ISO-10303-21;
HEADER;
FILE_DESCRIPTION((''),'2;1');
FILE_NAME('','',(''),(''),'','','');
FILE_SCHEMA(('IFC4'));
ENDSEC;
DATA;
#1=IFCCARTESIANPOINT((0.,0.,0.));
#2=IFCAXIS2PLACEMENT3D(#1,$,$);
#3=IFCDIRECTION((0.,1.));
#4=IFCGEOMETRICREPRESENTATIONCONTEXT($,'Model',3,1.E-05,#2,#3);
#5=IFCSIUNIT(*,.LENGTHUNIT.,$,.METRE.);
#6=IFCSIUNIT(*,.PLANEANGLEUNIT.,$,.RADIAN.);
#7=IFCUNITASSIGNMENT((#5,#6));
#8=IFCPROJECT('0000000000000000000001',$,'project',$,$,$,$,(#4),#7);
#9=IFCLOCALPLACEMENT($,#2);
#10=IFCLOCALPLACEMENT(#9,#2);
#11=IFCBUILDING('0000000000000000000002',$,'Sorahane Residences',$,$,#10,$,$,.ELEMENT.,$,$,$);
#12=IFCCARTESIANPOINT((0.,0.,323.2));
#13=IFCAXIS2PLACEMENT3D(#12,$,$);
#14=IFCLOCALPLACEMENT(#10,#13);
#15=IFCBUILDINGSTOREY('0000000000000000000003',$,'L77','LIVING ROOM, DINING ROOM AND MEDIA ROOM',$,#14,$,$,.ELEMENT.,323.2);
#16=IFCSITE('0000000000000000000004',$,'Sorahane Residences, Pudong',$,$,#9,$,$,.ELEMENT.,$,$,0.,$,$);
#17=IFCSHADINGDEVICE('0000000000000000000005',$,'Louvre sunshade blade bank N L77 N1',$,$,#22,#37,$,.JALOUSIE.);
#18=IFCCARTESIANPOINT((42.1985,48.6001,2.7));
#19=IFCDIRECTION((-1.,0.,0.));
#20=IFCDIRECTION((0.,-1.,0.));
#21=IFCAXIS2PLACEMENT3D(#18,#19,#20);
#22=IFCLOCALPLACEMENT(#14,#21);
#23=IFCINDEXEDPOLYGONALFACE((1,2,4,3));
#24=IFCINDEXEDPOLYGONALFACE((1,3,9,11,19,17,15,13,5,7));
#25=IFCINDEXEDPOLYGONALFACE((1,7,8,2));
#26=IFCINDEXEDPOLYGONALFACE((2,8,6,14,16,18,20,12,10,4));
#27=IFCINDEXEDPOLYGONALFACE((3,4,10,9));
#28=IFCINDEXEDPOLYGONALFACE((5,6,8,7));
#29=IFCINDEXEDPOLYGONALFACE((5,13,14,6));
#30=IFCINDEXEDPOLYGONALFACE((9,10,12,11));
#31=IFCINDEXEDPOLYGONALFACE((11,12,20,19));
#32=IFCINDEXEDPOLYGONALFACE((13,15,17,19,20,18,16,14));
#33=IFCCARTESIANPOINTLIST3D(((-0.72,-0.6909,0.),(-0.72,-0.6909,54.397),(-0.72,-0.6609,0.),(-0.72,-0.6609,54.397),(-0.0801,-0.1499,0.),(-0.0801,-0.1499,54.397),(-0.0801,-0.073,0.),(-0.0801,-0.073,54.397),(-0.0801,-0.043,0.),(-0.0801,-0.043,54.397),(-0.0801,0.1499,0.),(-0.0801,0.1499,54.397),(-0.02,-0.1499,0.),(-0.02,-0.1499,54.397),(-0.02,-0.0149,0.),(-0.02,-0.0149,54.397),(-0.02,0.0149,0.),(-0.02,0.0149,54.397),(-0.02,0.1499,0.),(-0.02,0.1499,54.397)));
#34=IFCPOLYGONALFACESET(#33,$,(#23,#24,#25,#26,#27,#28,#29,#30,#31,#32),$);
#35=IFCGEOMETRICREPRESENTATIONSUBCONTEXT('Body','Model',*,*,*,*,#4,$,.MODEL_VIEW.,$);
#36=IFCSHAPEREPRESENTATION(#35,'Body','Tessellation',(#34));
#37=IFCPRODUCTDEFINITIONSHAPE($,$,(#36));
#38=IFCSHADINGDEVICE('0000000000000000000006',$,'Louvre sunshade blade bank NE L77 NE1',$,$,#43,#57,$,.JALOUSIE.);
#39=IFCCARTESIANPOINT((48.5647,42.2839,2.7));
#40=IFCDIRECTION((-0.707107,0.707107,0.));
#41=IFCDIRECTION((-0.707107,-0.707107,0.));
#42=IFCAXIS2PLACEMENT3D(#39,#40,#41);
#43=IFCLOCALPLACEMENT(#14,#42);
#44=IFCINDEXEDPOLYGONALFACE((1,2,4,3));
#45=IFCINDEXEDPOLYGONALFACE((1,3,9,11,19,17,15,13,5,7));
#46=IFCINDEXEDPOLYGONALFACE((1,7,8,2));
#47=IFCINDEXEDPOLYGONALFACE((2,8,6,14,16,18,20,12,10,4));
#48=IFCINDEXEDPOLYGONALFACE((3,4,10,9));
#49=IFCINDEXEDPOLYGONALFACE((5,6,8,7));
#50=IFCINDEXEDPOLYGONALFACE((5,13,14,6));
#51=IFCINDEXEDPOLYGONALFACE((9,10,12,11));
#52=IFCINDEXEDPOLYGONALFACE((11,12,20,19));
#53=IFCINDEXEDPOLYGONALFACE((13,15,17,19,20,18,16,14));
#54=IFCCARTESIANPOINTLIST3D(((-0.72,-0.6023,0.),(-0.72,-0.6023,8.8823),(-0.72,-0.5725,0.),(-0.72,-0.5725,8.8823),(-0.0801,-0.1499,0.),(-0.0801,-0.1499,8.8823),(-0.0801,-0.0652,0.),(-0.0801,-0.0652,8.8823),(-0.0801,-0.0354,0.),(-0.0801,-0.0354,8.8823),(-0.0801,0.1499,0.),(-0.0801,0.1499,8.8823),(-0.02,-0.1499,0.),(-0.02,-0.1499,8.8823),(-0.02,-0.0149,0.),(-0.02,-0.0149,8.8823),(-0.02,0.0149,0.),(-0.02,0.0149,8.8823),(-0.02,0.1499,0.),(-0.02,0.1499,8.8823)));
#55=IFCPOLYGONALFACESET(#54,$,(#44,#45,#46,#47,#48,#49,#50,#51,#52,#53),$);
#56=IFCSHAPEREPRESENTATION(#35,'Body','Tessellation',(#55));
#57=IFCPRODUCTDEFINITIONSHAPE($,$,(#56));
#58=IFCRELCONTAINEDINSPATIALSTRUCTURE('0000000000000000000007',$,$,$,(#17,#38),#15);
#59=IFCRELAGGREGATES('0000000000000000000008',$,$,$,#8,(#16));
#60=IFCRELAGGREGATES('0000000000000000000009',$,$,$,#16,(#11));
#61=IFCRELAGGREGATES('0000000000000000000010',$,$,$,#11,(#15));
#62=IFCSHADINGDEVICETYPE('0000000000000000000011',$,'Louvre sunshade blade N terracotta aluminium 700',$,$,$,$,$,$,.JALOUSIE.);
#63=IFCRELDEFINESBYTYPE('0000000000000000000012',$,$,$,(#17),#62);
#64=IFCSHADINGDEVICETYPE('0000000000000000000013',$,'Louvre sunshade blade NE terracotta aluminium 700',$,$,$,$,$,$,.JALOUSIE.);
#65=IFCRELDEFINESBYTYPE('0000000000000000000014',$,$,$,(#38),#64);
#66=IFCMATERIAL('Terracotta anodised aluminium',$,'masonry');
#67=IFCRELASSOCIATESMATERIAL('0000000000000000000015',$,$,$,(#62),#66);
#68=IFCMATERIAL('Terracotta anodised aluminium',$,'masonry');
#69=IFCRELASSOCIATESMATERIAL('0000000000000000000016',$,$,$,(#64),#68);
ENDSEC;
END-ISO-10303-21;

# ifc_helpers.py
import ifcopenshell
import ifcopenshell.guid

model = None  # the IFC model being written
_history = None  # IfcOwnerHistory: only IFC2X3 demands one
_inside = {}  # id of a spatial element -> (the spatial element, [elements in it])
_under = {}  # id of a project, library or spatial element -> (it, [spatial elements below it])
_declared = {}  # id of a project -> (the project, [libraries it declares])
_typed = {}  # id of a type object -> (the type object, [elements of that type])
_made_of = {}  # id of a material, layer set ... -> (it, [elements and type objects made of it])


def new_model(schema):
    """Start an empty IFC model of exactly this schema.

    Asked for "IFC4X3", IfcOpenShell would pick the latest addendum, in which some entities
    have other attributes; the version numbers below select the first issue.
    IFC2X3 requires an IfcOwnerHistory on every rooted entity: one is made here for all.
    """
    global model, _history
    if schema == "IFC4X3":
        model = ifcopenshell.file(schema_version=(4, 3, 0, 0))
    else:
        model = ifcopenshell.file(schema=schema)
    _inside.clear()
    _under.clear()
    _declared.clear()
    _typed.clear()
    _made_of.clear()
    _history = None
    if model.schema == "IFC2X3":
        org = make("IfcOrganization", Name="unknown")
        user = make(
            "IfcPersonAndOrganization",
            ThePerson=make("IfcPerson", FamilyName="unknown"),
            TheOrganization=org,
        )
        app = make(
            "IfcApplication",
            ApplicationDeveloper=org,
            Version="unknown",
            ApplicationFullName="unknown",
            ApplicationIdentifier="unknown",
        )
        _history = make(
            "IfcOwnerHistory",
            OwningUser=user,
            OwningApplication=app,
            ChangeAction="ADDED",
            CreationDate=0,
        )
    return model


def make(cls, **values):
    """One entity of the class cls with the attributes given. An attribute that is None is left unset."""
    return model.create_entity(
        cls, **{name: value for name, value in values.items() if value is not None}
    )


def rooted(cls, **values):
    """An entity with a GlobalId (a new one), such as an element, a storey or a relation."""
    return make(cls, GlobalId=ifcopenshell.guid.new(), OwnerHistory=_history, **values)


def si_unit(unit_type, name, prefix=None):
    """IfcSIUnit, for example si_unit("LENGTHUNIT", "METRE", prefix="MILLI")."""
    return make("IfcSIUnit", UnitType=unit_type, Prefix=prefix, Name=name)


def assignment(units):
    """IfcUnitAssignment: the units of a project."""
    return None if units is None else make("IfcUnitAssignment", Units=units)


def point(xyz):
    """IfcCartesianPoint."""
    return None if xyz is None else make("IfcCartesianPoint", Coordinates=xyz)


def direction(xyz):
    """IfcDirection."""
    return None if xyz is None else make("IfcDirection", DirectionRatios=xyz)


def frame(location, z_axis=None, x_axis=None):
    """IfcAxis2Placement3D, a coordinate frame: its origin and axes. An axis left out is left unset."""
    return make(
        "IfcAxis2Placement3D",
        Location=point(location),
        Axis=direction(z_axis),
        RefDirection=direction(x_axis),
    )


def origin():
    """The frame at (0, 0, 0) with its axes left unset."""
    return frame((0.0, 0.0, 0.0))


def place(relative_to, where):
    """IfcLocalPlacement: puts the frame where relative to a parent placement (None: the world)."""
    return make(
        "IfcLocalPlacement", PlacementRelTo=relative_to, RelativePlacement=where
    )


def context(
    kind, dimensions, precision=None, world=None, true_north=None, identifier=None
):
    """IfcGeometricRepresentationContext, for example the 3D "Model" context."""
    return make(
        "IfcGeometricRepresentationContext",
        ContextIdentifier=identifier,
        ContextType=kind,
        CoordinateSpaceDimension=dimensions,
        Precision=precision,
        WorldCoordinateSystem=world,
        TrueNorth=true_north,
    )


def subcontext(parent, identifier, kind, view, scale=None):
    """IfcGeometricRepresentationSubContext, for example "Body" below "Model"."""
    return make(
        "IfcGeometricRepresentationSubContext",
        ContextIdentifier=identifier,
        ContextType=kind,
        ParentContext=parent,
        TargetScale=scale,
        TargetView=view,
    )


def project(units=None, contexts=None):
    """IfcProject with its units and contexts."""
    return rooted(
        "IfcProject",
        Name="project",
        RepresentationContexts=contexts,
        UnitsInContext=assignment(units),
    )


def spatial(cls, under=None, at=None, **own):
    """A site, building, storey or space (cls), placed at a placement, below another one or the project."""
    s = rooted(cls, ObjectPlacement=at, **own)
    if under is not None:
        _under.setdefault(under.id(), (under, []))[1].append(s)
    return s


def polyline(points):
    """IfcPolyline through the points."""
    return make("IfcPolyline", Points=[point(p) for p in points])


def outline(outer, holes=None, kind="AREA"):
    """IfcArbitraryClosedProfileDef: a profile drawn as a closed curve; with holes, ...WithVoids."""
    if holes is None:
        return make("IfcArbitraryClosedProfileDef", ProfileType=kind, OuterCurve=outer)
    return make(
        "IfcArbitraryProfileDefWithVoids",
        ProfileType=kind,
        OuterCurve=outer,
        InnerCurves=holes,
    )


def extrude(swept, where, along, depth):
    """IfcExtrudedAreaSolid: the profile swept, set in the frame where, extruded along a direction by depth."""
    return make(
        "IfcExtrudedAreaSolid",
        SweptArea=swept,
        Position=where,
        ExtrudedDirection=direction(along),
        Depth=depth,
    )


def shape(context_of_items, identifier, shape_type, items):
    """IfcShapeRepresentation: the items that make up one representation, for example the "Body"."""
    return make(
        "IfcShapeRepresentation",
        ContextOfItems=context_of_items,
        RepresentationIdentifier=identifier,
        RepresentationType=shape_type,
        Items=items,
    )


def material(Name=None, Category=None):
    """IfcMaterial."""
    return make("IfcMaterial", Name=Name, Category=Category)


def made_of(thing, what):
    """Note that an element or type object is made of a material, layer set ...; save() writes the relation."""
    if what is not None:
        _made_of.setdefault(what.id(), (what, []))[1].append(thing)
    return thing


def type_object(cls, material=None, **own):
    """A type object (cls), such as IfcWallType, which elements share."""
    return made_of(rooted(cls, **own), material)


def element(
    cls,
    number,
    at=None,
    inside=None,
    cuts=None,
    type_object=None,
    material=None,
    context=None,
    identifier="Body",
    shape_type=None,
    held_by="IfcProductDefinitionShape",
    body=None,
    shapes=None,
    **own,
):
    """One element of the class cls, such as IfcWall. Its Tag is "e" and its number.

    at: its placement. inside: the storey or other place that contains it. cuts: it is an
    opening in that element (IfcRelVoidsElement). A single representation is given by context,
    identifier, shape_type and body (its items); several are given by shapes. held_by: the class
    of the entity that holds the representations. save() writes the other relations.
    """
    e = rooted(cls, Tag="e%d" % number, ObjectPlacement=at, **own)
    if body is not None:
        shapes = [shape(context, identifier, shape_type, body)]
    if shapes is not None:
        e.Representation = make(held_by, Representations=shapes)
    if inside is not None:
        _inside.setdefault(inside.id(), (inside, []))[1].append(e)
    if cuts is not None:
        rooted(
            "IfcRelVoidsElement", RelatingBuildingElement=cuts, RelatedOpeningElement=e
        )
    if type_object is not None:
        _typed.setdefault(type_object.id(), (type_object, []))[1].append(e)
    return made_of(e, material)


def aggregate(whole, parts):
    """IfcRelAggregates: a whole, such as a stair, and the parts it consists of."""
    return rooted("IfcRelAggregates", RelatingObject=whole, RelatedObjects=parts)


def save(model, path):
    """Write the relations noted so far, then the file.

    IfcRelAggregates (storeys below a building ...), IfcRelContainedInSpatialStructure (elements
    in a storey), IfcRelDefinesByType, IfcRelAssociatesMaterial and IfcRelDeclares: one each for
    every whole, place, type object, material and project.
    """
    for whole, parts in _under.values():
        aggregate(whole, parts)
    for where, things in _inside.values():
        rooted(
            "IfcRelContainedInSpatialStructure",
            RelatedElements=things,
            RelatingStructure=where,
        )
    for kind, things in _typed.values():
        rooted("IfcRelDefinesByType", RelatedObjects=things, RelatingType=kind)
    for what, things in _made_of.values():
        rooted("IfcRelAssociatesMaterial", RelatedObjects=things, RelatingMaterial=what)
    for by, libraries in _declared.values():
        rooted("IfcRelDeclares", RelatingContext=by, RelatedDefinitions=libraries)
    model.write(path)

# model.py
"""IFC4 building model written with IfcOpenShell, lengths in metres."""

from ifc_helpers import new_model, si_unit, direction, frame, origin, place, context, subcontext, project, spatial, polyline, outline, extrude, material, type_object, element, save


model = new_model("IFC4")

# Units and contexts
model_context = context("Model", 3, precision=1e-05, world=origin(), true_north=direction((0.0, 1.0)))
body_context = subcontext(model_context, "Body", "Model", "MODEL_VIEW")
ifc_project = project(units=[si_unit("LENGTHUNIT", "METRE"), si_unit("PLANEANGLEUNIT", "RADIAN")], contexts=[model_context])

# Site, building, storey
site_placement = place(None, origin())
site = spatial("IfcSite", under=ifc_project, at=site_placement, Name="Sorahane Residences, Pudong", CompositionType="ELEMENT", RefElevation=0.0)
building_placement = place(site_placement, origin())
building = spatial("IfcBuilding", under=site, at=building_placement, Name="Sorahane Residences", CompositionType="ELEMENT")
storey_placement = place(building_placement, frame((0.0, 0.0, 323.2)))
storey = spatial("IfcBuildingStorey", under=building, at=storey_placement, Name="L77", Description="LIVING ROOM, DINING ROOM AND MEDIA ROOM", CompositionType="ELEMENT", Elevation=323.2)

# Shading devices
ifc_material_1 = material(Name="Terracotta anodised aluminium", Category="masonry")
shading_device_type_1 = type_object("IfcShadingDeviceType", Name="Louvre sunshade blade N terracotta aluminium 700", PredefinedType="JALOUSIE", material=ifc_material_1)
shading_device_1_placement = place(storey_placement, frame((42.1985, 48.6001, 2.7), z_axis=(-1.0, 0.0, 0.0), x_axis=(0.0, -1.0, 0.0)))
element("IfcShadingDevice", 1, at=shading_device_1_placement, inside=storey, type_object=shading_device_type_1, Name="Louvre sunshade blade bank N L77 N1", PredefinedType="JALOUSIE", context=body_context, shape_type="SweptSolid", body=[
    extrude(outline(polyline([(-0.72, -0.6609), (-0.72, -0.6909), (-0.0801, -0.073), (-0.0801, -0.1499), (-0.02, -0.1499), (-0.02, -0.0149), (-0.02, 0.0149), (-0.02, 0.1499), (-0.0801, 0.1499), (-0.0801, -0.043), (-0.72, -0.6609)])), origin(), (0.0, 0.0, 1.0), 54.397),
])
ifc_material_2 = material(Name="Terracotta anodised aluminium", Category="masonry")
shading_device_type_2 = type_object("IfcShadingDeviceType", Name="Louvre sunshade blade NE terracotta aluminium 700", PredefinedType="JALOUSIE", material=ifc_material_2)
shading_device_2_placement = place(storey_placement, frame((48.5647, 42.2839, 2.7), z_axis=(-0.707107, 0.707107, 0.0), x_axis=(-0.707107, -0.707107, 0.0)))
element("IfcShadingDevice", 2, at=shading_device_2_placement, inside=storey, type_object=shading_device_type_2, Name="Louvre sunshade blade bank NE L77 NE1", PredefinedType="JALOUSIE", context=body_context, shape_type="SweptSolid", body=[
    extrude(outline(polyline([(-0.72, -0.5725), (-0.72, -0.6023), (-0.0801, -0.0652), (-0.0801, -0.1499), (-0.02, -0.1499), (-0.02, -0.0149), (-0.02, 0.0149), (-0.02, 0.1499), (-0.0801, 0.1499), (-0.0801, -0.0354), (-0.72, -0.5725)])), origin(), (0.0, 0.0, 1.0), 8.8823),
])

save(model, "model.ifc")
